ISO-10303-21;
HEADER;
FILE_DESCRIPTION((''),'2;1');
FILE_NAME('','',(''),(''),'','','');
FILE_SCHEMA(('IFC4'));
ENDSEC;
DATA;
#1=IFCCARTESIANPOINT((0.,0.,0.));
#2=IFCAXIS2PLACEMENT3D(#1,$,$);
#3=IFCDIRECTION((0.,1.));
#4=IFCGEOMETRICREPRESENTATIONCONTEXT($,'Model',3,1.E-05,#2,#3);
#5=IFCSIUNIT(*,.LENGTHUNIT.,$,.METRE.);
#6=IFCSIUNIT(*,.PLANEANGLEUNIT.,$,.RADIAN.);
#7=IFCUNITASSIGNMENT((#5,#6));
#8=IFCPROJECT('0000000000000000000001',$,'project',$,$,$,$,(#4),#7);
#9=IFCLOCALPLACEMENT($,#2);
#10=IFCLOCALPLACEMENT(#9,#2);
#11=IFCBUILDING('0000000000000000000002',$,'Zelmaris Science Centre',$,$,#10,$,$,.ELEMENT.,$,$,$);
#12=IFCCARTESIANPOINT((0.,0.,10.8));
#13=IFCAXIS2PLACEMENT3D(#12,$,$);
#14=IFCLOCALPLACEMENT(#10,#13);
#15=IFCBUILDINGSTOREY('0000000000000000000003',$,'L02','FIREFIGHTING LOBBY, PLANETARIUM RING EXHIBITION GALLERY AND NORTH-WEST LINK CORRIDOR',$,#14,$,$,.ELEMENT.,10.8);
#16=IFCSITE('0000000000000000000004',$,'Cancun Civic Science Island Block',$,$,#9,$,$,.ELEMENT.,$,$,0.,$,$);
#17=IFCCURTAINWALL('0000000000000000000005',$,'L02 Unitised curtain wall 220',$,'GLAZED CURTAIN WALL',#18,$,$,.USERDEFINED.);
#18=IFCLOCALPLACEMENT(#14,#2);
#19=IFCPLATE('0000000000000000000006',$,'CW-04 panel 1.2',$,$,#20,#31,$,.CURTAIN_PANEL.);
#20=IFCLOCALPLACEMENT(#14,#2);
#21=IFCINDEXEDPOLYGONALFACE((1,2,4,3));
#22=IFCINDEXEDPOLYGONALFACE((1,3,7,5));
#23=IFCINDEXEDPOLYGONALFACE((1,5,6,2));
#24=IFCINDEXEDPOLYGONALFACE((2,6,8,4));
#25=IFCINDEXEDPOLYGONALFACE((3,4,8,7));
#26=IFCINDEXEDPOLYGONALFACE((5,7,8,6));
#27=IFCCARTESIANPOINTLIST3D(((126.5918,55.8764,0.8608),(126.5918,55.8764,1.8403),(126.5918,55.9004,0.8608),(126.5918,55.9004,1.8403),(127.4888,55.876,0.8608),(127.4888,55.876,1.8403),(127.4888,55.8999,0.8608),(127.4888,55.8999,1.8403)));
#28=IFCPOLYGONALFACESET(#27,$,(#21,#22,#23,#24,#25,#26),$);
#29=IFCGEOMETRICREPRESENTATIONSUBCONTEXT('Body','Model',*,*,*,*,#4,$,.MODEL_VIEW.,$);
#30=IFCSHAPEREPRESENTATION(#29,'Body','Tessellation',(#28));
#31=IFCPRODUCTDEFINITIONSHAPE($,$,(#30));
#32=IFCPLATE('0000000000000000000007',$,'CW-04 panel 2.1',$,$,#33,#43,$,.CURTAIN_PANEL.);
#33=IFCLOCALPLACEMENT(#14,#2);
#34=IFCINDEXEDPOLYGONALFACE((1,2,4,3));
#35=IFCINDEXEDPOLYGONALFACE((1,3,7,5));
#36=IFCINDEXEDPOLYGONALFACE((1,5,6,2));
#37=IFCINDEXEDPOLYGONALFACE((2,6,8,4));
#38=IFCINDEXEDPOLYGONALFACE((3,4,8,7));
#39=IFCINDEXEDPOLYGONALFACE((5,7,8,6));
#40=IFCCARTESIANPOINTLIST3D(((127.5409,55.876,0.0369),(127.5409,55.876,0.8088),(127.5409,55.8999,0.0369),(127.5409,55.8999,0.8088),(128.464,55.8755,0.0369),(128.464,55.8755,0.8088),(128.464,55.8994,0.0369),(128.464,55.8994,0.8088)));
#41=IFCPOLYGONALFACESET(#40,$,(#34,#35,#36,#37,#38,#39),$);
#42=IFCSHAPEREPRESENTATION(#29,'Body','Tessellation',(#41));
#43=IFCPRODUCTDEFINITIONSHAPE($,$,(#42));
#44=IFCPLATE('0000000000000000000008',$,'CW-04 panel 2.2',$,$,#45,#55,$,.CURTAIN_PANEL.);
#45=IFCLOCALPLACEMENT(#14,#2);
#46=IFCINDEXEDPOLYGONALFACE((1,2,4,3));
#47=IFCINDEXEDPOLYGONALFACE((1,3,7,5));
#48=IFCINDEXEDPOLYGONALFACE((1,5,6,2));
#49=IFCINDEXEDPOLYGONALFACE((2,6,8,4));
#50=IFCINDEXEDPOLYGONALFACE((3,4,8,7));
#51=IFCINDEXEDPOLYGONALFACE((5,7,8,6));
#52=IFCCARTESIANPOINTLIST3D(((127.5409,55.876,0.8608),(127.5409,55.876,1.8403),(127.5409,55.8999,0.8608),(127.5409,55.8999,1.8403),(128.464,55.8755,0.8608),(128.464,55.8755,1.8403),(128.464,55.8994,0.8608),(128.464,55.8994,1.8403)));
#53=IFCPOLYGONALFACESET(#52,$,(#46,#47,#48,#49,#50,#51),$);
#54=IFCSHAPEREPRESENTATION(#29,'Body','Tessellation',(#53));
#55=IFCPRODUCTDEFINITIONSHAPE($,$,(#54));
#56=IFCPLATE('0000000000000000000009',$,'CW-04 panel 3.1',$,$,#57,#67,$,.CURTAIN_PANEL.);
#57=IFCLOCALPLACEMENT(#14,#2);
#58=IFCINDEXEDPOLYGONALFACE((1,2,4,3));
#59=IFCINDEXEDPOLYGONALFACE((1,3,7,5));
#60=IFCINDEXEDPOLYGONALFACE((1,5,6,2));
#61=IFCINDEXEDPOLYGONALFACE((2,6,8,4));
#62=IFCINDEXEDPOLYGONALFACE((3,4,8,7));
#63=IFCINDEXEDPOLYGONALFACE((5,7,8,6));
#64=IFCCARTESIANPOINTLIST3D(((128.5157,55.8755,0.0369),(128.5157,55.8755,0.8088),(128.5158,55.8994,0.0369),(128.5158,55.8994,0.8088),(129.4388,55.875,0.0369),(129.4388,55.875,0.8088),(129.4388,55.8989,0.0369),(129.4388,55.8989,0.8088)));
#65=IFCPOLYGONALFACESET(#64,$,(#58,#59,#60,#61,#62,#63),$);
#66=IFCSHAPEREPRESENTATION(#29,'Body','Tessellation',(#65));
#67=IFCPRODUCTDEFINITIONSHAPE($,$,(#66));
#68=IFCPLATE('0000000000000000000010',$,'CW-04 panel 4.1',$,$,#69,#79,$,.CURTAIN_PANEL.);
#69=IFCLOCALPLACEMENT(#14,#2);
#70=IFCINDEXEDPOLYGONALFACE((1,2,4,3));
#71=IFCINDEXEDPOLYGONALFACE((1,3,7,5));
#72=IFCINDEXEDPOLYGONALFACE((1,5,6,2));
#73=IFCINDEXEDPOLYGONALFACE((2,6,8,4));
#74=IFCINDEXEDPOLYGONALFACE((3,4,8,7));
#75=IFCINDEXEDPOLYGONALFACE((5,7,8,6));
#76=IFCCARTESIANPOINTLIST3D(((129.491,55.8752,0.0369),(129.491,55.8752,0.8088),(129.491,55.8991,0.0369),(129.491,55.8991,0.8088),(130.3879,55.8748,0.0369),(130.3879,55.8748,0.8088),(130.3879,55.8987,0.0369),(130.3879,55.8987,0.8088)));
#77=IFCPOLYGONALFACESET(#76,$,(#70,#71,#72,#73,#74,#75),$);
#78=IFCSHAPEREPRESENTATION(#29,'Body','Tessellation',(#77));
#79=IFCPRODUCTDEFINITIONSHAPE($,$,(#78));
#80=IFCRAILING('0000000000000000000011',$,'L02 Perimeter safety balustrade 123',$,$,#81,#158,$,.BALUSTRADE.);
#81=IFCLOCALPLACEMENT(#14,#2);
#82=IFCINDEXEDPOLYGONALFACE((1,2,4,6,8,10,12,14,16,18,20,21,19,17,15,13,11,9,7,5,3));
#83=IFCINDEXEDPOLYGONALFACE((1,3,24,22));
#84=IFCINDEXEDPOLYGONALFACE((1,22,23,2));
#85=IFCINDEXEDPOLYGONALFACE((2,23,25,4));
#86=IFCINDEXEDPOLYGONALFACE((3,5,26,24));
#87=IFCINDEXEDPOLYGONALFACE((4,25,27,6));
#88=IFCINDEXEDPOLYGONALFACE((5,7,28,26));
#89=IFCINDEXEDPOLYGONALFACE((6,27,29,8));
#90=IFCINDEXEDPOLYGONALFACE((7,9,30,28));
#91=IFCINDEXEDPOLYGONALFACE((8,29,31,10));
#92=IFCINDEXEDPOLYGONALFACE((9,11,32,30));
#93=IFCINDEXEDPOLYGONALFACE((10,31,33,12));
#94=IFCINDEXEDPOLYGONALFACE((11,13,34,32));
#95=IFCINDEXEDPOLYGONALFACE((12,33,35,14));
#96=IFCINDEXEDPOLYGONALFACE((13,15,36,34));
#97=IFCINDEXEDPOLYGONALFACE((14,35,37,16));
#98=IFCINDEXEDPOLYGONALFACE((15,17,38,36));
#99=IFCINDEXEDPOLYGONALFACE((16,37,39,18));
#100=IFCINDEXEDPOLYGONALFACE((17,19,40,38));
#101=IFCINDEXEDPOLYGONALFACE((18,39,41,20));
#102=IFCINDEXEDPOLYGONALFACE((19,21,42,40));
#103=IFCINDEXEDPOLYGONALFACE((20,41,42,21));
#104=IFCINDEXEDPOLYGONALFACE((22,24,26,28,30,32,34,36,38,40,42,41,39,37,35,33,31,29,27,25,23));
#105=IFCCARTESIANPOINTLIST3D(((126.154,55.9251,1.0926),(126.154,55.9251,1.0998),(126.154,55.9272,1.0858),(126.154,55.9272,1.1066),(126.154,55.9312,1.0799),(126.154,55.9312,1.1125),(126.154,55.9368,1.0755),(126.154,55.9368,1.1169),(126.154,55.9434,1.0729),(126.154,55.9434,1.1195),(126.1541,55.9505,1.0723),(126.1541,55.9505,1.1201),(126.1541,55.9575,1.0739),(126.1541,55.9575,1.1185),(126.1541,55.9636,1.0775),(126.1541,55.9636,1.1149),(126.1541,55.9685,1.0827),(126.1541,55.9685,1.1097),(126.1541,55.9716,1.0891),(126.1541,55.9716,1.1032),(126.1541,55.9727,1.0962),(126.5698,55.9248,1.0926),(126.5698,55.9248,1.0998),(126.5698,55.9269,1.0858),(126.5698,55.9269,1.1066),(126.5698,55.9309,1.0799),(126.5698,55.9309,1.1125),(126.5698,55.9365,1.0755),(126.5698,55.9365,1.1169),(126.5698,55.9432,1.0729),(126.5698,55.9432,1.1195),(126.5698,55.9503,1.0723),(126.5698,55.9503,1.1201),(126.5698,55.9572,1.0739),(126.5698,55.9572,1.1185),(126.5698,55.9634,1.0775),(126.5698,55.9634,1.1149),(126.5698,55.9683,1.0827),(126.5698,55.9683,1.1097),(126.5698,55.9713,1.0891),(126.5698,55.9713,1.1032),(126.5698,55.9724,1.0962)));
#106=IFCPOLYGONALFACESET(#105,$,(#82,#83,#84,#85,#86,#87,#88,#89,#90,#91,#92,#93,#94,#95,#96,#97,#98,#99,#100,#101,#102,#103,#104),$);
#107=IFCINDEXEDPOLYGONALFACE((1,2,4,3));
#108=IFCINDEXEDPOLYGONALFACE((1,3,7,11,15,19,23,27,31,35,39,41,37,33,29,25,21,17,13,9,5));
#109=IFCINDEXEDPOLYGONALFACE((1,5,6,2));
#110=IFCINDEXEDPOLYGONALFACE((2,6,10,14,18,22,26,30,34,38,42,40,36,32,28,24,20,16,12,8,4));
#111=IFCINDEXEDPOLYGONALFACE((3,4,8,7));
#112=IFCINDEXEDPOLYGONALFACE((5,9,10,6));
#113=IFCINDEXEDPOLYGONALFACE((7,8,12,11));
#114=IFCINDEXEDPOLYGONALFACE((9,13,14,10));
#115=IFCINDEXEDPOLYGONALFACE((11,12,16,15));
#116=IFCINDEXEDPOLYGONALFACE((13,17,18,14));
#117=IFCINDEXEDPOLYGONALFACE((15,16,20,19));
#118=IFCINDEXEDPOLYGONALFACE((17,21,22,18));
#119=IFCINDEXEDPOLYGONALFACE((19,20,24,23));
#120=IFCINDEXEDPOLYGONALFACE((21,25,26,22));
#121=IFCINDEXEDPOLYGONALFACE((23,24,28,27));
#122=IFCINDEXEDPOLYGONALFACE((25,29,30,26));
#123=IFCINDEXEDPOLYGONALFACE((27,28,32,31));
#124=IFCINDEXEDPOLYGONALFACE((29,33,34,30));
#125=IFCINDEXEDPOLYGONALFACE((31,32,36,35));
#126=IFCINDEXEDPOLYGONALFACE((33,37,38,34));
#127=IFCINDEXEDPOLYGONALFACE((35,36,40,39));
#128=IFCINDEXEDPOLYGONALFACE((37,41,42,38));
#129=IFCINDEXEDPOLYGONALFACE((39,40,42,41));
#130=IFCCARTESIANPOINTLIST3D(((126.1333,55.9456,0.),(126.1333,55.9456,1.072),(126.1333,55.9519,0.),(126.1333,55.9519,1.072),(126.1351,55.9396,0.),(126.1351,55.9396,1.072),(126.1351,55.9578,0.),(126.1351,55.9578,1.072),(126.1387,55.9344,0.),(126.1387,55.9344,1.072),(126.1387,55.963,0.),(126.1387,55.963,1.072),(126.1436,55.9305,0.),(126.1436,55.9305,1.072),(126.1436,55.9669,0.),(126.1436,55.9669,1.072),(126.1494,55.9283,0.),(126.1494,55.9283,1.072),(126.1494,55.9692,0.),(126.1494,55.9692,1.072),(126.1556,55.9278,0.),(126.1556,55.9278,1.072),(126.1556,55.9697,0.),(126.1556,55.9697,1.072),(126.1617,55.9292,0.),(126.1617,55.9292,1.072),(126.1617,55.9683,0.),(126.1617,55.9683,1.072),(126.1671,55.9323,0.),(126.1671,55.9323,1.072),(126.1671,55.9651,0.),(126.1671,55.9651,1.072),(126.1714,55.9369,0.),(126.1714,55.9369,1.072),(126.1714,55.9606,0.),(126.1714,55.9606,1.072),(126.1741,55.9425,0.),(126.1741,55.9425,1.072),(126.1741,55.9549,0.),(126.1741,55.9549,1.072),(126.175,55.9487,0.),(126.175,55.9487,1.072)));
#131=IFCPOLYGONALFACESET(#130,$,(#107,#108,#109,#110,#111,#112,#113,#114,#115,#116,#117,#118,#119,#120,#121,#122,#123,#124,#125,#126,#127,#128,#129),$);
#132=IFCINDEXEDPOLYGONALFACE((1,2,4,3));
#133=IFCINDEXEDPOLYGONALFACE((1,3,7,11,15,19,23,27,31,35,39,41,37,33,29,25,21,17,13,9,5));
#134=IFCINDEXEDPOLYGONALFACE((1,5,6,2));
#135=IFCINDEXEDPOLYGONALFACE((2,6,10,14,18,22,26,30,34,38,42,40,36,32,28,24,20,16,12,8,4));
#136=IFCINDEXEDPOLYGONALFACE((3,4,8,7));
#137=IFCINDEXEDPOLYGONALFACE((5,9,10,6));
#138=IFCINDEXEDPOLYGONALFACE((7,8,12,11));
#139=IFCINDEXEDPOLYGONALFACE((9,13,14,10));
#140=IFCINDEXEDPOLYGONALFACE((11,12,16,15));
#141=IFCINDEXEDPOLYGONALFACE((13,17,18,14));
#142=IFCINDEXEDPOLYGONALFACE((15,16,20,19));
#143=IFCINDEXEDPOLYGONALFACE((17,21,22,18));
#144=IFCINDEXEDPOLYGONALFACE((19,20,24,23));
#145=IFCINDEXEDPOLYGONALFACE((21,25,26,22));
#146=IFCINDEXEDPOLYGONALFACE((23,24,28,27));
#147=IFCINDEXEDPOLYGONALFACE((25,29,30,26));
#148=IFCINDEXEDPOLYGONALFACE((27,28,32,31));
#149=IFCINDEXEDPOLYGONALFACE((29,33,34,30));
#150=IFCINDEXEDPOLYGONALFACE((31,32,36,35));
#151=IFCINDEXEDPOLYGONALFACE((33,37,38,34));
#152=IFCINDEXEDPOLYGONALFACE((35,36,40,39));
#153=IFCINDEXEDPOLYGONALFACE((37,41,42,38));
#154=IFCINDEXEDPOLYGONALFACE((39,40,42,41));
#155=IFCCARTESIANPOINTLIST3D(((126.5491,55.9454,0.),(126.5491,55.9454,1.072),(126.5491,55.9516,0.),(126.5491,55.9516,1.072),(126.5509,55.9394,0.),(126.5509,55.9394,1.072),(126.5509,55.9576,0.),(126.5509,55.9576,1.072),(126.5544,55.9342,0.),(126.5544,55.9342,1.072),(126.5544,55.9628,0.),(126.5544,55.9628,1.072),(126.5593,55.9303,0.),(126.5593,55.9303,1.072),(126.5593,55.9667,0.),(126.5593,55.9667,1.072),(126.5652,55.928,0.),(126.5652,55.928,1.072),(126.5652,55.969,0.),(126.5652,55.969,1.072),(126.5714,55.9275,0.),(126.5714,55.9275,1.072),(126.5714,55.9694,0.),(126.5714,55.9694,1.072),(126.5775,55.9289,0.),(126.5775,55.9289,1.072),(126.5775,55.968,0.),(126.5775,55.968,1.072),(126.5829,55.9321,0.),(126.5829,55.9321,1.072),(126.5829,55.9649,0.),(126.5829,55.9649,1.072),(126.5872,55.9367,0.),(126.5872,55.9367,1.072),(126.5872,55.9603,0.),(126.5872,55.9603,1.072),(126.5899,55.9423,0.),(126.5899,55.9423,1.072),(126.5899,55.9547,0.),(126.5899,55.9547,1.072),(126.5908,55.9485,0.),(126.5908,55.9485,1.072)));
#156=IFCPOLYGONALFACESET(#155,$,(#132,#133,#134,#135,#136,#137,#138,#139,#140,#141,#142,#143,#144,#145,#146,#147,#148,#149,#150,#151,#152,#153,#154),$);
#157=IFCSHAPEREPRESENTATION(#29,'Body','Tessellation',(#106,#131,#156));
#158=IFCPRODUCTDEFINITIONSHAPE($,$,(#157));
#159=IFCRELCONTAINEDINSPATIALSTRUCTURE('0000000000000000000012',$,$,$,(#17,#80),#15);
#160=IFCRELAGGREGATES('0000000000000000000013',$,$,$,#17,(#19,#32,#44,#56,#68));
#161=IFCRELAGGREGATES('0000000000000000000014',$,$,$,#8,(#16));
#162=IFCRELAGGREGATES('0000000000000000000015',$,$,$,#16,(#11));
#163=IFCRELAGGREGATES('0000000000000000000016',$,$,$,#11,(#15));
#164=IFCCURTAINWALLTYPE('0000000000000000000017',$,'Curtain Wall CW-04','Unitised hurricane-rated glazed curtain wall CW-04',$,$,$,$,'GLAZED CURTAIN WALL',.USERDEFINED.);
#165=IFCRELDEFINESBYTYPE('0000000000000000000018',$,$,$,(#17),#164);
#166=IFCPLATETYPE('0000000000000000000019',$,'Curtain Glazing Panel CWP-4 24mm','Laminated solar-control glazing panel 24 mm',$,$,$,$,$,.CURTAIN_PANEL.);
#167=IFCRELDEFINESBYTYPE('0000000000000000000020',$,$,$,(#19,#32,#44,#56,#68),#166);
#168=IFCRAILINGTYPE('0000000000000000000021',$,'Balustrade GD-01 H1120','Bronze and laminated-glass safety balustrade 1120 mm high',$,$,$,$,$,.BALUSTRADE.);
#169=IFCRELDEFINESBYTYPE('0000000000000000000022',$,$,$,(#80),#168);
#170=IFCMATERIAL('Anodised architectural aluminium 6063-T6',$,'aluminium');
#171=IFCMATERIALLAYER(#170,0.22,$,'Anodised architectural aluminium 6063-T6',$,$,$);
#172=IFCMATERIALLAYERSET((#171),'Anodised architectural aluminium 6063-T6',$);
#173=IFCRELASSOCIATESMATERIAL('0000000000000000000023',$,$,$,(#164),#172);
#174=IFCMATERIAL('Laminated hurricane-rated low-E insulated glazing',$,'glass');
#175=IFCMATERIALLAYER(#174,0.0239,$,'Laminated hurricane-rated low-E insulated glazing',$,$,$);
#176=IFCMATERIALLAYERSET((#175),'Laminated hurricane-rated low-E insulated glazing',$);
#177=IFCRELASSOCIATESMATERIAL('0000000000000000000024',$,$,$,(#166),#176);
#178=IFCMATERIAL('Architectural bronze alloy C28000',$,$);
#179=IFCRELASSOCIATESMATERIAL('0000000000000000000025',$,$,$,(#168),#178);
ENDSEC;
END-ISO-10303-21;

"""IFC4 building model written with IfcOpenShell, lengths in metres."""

from ifc_helpers import new_model, si_unit, direction, frame, origin, origin_2d, place, context, subcontext, project, spatial, rectangle, circle, extrude, material, layer, layer_set, type_object, element, aggregate, save


model = new_model("IFC4")

# Units and contexts
model_context = context("Model", 3, precision=1e-05, world=origin(), true_north=direction((0.0, 1.0)))
body_context = subcontext(model_context, "Body", "Model", "MODEL_VIEW")
ifc_project = project(units=[si_unit("LENGTHUNIT", "METRE"), si_unit("PLANEANGLEUNIT", "RADIAN")], contexts=[model_context])

# Site, building, storey
site_placement = place(None, origin())
site = spatial("IfcSite", under=ifc_project, at=site_placement, Name="Cancun Civic Science Island Block", CompositionType="ELEMENT", RefElevation=0.0)
building_placement = place(site_placement, origin())
building = spatial("IfcBuilding", under=site, at=building_placement, Name="Zelmaris Science Centre", CompositionType="ELEMENT")
storey_placement = place(building_placement, frame((0.0, 0.0, 10.8)))
storey = spatial("IfcBuildingStorey", under=building, at=storey_placement, Name="L02", Description="FIREFIGHTING LOBBY, PLANETARIUM RING EXHIBITION GALLERY AND NORTH-WEST LINK CORRIDOR", CompositionType="ELEMENT", Elevation=10.8)

# Curtain wall
ifc_material_1 = material(Name="Anodised architectural aluminium 6063-T6", Category="aluminium")
ifc_layer_1 = layer(ifc_material_1, 0.22, Name="Anodised architectural aluminium 6063-T6")
ifc_layer_set_1 = layer_set([ifc_layer_1], Name="Anodised architectural aluminium 6063-T6")
curtain_wall_type = type_object("IfcCurtainWallType", Name="Curtain Wall CW-04", Description="Unitised hurricane-rated glazed curtain wall CW-04", ElementType="GLAZED CURTAIN WALL", PredefinedType="USERDEFINED", material=ifc_layer_set_1)
curtain_wall_placement = place(storey_placement, origin())
curtain_wall = element("IfcCurtainWall", 1, at=curtain_wall_placement, inside=storey, type_object=curtain_wall_type, Name="L02 Unitised curtain wall 220", ObjectType="GLAZED CURTAIN WALL", PredefinedType="USERDEFINED")

# Plates
ifc_material_2 = material(Name="Laminated hurricane-rated low-E insulated glazing", Category="glass")
ifc_layer_2 = layer(ifc_material_2, 0.0239, Name="Laminated hurricane-rated low-E insulated glazing")
ifc_layer_set_2 = layer_set([ifc_layer_2], Name="Laminated hurricane-rated low-E insulated glazing")
plate_type = type_object("IfcPlateType", Name="Curtain Glazing Panel CWP-4 24mm", Description="Laminated solar-control glazing panel 24 mm", PredefinedType="CURTAIN_PANEL", material=ifc_layer_set_2)
plate_1_placement = place(storey_placement, frame((127.0403, 55.8882, 0.8608), z_axis=(0.0, 0.0, 1.0), x_axis=(1.0, -0.000487, 0.0)))
plate_1 = element("IfcPlate", 2, at=plate_1_placement, type_object=plate_type, Name="CW-04 panel 1.2", PredefinedType="CURTAIN_PANEL", context=body_context, shape_type="SweptSolid", body=[
    extrude(rectangle(XDim=0.897, YDim=0.0239, at=origin_2d()), origin(), (0.0, 0.0, 1.0), 0.9795),
])
plate_2_placement = place(storey_placement, frame((128.0024, 55.8877, 0.0369), z_axis=(0.0, 0.0, 1.0), x_axis=(1.0, -0.000487, 0.0)))
plate_2 = element("IfcPlate", 3, at=plate_2_placement, type_object=plate_type, Name="CW-04 panel 2.1", PredefinedType="CURTAIN_PANEL", context=body_context, shape_type="SweptSolid", body=[
    extrude(rectangle(XDim=0.9231, YDim=0.0239, at=origin_2d()), origin(), (0.0, 0.0, 1.0), 0.772),
])
plate_3_placement = place(storey_placement, frame((128.0024, 55.8877, 0.8608), z_axis=(0.0, 0.0, 1.0), x_axis=(1.0, -0.000487, 0.0)))
plate_3 = element("IfcPlate", 4, at=plate_3_placement, type_object=plate_type, Name="CW-04 panel 2.2", PredefinedType="CURTAIN_PANEL", context=body_context, shape_type="SweptSolid", body=[
    extrude(rectangle(XDim=0.9231, YDim=0.0239, at=origin_2d()), origin(), (0.0, 0.0, 1.0), 0.9795),
])
plate_4_placement = place(storey_placement, frame((128.9773, 55.8872, 0.0369), z_axis=(0.0, 0.0, 1.0), x_axis=(1.0, -0.000487, 0.0)))
plate_4 = element("IfcPlate", 5, at=plate_4_placement, type_object=plate_type, Name="CW-04 panel 3.1", PredefinedType="CURTAIN_PANEL", context=body_context, shape_type="SweptSolid", body=[
    extrude(rectangle(XDim=0.9231, YDim=0.0239, at=origin_2d()), origin(), (0.0, 0.0, 1.0), 0.772),
])
plate_5_placement = place(storey_placement, frame((129.9395, 55.887, 0.0369), z_axis=(0.0, 0.0, 1.0), x_axis=(1.0, -0.000487, 0.0)))
plate_5 = element("IfcPlate", 6, at=plate_5_placement, type_object=plate_type, Name="CW-04 panel 4.1", PredefinedType="CURTAIN_PANEL", context=body_context, shape_type="SweptSolid", body=[
    extrude(rectangle(XDim=0.897, YDim=0.0239, at=origin_2d()), origin(), (0.0, 0.0, 1.0), 0.772),
])
aggregate(curtain_wall, [plate_1, plate_2, plate_3, plate_4, plate_5])

# Railing
ifc_material_3 = material(Name="Architectural bronze alloy C28000")
railing_type = type_object("IfcRailingType", Name="Balustrade GD-01 H1120", Description="Bronze and laminated-glass safety balustrade 1120 mm high", PredefinedType="BALUSTRADE", material=ifc_material_3)
railing_placement = place(storey_placement, frame((126.1541, 55.9487, 0.0)))
element("IfcRailing", 7, at=railing_placement, inside=storey, type_object=railing_type, Name="L02 Perimeter safety balustrade 123", PredefinedType="BALUSTRADE", context=body_context, shape_type="SweptSolid", body=[
    extrude(circle(Radius=0.0239, at=origin_2d()), frame((0.0, 0.0, 1.0962), z_axis=(1.0, -0.000587, 0.0), x_axis=(0.000587, 1.0, 0.0)), (0.0, 0.0, 1.0), 0.4158),
    extrude(circle(Radius=0.021, at=origin_2d()), origin(), (0.0, 0.0, 1.0), 1.072),
    extrude(circle(Radius=0.021, at=origin_2d()), frame((0.4158, -0.0002, 0.0)), (0.0, 0.0, 1.0), 1.072),
])

save(model, "model.ifc")
